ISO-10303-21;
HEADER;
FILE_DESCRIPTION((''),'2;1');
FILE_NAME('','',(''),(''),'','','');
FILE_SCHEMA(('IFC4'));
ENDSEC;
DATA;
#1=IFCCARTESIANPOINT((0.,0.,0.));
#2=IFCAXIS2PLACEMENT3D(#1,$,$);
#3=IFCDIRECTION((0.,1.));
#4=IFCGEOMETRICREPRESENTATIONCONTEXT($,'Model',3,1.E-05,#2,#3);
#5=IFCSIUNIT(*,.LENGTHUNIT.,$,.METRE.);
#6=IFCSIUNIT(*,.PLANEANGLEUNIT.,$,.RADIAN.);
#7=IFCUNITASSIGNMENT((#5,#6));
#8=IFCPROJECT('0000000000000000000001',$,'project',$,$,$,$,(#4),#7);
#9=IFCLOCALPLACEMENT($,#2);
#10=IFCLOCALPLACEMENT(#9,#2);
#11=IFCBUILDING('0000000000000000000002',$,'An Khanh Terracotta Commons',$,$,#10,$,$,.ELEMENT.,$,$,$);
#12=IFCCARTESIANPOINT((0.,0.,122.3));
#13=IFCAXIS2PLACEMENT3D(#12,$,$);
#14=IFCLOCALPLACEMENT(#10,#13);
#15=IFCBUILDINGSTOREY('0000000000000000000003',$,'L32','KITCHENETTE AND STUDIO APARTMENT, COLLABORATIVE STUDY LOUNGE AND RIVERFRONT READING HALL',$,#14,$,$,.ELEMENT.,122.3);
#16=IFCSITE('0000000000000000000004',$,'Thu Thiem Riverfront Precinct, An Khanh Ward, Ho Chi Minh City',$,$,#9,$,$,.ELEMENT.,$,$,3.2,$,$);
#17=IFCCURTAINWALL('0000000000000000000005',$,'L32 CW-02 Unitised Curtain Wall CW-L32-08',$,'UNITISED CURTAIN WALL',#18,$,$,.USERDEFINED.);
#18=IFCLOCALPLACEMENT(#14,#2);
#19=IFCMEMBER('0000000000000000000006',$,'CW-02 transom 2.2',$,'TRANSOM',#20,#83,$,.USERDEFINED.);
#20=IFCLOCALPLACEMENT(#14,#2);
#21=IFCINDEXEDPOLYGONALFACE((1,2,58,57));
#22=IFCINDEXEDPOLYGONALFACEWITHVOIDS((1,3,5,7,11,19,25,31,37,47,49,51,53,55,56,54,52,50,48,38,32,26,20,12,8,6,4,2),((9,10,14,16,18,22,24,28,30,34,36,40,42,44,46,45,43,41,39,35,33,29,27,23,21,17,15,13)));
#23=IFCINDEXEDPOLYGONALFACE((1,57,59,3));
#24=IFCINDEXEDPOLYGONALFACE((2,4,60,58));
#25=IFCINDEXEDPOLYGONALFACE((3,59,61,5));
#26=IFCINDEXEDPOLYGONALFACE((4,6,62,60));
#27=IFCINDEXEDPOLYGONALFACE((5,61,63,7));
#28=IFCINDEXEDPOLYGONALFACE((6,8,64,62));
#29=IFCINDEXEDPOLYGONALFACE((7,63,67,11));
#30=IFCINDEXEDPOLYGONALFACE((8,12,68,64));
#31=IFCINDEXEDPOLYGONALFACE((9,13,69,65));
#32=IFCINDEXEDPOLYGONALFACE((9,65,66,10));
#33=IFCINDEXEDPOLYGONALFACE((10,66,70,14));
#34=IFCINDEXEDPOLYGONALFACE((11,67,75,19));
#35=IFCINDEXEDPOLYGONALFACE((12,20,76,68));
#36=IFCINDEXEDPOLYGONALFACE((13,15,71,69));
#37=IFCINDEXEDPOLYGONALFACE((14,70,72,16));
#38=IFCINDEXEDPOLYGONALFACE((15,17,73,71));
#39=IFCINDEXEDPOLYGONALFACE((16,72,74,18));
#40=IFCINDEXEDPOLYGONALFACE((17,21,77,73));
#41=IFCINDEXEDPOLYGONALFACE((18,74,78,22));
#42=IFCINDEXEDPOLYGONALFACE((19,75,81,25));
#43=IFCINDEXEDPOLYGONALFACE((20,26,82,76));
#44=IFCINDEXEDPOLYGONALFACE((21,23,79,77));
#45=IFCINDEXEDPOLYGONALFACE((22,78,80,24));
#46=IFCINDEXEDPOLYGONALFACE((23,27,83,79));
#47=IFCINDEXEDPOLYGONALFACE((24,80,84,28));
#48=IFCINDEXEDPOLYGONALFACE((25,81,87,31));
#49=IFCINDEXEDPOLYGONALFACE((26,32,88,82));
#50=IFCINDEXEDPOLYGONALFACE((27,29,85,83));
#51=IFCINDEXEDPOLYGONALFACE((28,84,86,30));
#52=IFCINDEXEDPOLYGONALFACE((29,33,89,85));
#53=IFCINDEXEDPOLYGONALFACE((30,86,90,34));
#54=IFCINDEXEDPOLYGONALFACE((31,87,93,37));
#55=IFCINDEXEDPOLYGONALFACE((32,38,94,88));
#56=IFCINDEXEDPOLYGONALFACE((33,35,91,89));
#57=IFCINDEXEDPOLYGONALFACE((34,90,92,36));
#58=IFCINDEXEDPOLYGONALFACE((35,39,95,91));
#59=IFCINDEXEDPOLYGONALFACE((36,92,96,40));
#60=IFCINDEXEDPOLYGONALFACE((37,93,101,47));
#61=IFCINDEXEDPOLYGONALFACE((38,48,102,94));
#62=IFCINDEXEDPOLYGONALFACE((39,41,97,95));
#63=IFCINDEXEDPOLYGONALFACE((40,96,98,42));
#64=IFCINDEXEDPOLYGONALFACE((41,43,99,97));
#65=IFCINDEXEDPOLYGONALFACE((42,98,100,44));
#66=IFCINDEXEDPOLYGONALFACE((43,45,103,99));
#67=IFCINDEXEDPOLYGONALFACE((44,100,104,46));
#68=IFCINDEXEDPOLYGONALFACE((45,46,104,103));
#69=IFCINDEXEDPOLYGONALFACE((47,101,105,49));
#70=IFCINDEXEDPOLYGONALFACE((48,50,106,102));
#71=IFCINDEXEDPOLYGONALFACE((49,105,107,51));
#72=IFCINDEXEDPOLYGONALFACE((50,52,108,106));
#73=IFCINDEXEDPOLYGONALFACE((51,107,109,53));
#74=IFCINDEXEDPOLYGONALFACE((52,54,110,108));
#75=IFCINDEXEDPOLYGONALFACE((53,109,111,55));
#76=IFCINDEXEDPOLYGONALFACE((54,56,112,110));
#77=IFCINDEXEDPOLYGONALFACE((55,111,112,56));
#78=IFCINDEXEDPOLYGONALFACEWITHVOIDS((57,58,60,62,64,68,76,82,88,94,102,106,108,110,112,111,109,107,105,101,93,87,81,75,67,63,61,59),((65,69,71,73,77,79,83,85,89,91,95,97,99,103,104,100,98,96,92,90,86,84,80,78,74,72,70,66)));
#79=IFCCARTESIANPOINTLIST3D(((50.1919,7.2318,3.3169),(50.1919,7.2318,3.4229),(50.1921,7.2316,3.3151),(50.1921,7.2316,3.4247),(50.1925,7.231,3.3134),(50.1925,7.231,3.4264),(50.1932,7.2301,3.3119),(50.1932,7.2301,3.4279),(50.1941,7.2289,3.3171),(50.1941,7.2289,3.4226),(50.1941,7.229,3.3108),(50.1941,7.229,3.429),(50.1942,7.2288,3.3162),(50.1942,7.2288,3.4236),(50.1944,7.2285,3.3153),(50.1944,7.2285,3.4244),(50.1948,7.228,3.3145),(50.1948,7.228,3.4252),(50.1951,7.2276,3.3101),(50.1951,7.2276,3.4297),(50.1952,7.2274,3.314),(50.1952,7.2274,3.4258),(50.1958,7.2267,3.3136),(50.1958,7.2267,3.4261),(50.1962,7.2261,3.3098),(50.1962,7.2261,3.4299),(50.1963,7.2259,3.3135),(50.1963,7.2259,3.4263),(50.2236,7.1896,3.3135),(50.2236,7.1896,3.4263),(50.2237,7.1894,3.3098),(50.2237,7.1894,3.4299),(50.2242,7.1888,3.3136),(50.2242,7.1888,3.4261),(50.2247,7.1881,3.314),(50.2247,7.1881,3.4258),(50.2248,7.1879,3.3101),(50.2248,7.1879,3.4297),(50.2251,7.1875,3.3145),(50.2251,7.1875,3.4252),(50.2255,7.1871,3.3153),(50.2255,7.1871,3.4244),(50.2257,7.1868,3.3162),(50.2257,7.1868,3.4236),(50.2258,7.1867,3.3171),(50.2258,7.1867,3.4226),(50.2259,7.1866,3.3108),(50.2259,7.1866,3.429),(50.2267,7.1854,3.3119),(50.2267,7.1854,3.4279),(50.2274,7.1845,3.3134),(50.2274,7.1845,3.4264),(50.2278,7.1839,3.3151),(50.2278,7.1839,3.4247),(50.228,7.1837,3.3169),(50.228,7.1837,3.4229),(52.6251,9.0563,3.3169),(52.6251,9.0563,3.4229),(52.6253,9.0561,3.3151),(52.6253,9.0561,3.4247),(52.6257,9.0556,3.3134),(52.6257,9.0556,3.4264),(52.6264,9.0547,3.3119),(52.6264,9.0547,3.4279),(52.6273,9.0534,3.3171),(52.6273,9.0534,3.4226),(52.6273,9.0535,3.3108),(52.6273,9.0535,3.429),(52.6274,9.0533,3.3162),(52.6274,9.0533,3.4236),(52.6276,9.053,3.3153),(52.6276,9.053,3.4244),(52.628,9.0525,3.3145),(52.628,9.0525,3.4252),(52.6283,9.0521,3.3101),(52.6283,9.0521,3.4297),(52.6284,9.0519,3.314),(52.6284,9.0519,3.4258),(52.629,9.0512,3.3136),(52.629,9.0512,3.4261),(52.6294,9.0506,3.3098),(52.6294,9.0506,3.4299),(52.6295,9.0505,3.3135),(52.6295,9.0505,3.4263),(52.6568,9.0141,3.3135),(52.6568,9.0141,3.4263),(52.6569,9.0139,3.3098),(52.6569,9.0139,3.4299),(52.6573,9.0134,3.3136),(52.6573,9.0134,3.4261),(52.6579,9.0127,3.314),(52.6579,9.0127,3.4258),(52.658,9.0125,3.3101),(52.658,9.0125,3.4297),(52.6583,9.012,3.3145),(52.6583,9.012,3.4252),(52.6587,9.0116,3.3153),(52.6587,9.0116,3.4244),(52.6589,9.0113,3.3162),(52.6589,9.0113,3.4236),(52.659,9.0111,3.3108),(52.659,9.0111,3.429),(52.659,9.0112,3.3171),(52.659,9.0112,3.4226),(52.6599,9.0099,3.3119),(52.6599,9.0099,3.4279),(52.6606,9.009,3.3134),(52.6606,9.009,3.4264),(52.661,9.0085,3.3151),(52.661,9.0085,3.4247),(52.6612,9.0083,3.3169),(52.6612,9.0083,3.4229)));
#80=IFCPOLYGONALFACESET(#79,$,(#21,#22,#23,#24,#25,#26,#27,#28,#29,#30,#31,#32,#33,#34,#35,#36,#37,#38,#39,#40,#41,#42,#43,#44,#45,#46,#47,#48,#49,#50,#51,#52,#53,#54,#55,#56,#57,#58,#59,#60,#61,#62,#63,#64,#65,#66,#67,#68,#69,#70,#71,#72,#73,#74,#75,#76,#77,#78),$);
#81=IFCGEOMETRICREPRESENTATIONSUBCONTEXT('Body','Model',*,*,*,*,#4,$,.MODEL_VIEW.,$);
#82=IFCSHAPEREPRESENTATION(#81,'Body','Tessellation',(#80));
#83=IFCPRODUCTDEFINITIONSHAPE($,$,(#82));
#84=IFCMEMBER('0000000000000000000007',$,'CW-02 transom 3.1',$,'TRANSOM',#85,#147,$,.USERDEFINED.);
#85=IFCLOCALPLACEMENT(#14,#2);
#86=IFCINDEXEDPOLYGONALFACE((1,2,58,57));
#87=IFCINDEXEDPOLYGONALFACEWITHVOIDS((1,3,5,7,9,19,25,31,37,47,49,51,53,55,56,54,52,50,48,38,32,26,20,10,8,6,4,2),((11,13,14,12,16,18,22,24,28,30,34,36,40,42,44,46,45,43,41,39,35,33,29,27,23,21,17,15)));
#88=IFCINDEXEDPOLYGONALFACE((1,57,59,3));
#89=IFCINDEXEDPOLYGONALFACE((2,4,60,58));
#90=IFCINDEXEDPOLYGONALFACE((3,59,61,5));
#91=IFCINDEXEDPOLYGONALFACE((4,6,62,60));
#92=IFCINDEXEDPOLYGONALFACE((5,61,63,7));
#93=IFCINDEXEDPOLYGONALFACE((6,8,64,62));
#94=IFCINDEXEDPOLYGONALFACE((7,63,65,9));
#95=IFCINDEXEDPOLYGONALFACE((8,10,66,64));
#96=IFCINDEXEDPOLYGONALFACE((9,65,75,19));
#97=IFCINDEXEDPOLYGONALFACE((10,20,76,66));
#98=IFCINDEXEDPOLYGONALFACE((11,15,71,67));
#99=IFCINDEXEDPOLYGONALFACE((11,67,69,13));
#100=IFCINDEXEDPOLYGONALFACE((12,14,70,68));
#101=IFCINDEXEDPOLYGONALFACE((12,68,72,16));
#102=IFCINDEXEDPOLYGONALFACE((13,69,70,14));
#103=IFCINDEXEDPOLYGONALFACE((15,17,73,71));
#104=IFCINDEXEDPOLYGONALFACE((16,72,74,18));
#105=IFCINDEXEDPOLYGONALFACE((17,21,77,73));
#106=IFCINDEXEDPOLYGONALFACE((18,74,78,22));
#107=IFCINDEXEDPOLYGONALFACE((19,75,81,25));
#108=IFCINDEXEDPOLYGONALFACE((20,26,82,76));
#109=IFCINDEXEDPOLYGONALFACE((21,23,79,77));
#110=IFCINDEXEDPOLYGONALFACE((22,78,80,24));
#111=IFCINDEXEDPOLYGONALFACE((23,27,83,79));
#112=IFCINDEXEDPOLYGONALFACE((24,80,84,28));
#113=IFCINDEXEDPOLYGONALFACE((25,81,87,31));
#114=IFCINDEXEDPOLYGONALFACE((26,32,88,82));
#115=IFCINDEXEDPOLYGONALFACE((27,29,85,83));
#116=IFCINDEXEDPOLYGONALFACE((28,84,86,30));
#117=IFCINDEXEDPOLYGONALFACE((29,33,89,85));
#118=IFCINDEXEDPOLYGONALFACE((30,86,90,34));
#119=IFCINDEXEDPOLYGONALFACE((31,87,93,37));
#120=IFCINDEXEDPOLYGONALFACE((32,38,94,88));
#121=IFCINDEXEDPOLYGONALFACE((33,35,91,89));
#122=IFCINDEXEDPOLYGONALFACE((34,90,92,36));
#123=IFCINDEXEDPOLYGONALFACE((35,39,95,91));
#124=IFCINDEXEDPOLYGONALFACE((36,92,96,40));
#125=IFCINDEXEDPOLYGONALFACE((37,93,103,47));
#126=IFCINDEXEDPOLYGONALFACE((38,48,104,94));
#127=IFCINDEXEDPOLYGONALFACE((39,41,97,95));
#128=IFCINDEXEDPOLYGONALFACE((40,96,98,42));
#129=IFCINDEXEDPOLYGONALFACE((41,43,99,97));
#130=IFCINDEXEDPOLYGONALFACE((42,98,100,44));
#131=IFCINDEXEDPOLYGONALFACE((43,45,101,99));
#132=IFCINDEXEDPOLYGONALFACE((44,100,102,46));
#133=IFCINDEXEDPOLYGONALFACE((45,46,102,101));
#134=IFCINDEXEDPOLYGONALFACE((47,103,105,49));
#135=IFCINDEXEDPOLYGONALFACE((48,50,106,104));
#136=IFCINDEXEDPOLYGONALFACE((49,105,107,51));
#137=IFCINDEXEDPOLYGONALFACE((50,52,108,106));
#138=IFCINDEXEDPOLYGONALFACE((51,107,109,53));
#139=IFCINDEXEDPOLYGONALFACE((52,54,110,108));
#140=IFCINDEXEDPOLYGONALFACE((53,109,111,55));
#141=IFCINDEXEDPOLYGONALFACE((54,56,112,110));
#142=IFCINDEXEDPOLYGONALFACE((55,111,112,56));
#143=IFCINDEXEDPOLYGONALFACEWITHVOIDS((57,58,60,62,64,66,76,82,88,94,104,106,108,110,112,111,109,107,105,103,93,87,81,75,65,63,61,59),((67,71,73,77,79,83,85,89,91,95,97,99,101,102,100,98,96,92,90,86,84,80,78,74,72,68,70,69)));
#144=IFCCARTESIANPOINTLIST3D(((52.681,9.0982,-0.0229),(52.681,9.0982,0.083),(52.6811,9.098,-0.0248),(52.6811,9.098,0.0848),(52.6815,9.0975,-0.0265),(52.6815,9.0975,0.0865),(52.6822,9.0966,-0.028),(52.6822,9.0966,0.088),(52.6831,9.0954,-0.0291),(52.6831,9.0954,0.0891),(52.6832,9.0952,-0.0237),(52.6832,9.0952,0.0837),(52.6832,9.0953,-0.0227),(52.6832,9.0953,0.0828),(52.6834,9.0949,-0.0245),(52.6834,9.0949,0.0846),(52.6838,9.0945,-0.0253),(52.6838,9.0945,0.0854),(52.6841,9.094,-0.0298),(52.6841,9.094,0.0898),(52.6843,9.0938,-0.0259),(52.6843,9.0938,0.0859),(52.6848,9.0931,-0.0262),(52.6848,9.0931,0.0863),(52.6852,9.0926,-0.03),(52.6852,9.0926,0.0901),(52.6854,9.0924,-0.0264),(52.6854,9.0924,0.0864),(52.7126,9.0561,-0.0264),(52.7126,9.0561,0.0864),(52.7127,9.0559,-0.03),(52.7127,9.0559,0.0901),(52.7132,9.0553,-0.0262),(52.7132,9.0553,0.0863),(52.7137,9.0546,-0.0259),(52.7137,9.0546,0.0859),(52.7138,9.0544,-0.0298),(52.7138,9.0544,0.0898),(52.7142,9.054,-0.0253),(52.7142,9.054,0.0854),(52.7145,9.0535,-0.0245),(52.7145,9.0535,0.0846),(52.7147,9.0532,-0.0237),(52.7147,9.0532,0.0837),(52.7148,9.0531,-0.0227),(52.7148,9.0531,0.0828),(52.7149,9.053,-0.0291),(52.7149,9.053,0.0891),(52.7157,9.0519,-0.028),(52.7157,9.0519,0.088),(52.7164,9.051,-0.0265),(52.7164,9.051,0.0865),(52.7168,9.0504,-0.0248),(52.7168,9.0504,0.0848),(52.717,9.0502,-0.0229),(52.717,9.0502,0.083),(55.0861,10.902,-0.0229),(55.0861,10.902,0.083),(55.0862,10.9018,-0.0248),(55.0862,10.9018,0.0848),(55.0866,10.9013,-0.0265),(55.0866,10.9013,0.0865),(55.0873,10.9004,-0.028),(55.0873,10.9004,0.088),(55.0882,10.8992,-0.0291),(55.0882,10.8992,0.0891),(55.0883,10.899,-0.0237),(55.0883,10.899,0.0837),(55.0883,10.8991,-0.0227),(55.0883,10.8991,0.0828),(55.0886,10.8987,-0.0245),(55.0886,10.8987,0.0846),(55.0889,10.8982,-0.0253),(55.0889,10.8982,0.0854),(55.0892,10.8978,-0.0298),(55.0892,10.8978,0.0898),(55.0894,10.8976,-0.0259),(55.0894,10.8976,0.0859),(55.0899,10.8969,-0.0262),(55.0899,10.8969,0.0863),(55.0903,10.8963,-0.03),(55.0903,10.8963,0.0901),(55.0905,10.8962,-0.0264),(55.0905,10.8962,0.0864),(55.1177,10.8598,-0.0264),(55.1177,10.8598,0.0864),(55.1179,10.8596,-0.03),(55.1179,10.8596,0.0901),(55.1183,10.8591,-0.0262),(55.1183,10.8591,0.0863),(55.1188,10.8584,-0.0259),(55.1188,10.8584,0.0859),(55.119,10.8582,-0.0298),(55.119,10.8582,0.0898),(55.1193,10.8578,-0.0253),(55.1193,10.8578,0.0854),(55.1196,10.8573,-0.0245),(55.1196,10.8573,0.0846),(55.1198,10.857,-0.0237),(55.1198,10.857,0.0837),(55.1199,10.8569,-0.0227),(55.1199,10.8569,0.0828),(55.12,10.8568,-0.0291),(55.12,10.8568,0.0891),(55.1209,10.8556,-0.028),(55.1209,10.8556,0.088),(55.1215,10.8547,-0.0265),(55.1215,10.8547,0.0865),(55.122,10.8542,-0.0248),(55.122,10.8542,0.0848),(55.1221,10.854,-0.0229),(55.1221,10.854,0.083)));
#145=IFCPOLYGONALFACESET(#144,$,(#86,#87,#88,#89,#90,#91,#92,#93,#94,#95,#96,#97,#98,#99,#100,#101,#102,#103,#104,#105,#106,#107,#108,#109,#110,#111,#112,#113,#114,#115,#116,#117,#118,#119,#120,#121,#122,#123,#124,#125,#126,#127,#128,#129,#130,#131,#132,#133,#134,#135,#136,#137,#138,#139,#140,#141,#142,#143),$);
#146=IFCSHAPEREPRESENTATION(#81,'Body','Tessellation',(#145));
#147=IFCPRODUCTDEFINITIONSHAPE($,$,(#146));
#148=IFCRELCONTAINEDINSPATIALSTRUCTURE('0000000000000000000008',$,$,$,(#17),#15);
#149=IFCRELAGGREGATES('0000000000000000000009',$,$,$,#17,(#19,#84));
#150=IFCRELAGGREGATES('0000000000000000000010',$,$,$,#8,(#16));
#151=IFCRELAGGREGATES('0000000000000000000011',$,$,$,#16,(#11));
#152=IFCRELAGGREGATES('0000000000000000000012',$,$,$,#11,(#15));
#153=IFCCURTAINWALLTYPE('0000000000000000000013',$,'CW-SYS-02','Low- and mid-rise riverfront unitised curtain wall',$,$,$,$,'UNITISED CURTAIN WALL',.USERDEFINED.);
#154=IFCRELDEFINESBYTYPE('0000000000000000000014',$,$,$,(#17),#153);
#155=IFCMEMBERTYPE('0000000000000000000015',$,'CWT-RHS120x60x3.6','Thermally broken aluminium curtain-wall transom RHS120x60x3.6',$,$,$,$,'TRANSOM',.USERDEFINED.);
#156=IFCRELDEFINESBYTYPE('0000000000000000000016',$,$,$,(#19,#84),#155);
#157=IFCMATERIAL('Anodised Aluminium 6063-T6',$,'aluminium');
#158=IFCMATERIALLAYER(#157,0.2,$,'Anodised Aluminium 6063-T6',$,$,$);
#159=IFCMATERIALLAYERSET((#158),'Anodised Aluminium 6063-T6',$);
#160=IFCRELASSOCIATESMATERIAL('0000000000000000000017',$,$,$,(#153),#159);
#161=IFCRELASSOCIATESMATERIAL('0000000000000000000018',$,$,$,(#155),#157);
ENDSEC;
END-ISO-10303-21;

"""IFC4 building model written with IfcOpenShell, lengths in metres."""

from ifc_helpers import new_model, si_unit, direction, frame, origin, origin_2d, place, context, subcontext, project, spatial, hollow_rectangle, extrude, material, layer, layer_set, material_profile, profile_set, type_object, element, aggregate, save


model = new_model("IFC4")

# Units and contexts
model_context = context("Model", 3, precision=1e-05, world=origin(), true_north=direction((0.0, 1.0)))
body_context = subcontext(model_context, "Body", "Model", "MODEL_VIEW")
ifc_project = project(units=[si_unit("LENGTHUNIT", "METRE"), si_unit("PLANEANGLEUNIT", "RADIAN")], contexts=[model_context])

# Site, building, storey
site_placement = place(None, origin())
site = spatial("IfcSite", under=ifc_project, at=site_placement, Name="Thu Thiem Riverfront Precinct, An Khanh Ward, Ho Chi Minh City", CompositionType="ELEMENT", RefElevation=3.2)
building_placement = place(site_placement, origin())
building = spatial("IfcBuilding", under=site, at=building_placement, Name="An Khanh Terracotta Commons", CompositionType="ELEMENT")
storey_placement = place(building_placement, frame((0.0, 0.0, 122.3)))
storey = spatial("IfcBuildingStorey", under=building, at=storey_placement, Name="L32", Description="KITCHENETTE AND STUDIO APARTMENT, COLLABORATIVE STUDY LOUNGE AND RIVERFRONT READING HALL", CompositionType="ELEMENT", Elevation=122.3)

# Curtain wall
ifc_material_1 = material(Name="Anodised Aluminium 6063-T6", Category="aluminium")
ifc_layer_1 = layer(ifc_material_1, 0.2, Name="Anodised Aluminium 6063-T6")
ifc_layer_set_1 = layer_set([ifc_layer_1], Name="Anodised Aluminium 6063-T6")
curtain_wall_type = type_object("IfcCurtainWallType", Name="CW-SYS-02", Description="Low- and mid-rise riverfront unitised curtain wall", ElementType="UNITISED CURTAIN WALL", PredefinedType="USERDEFINED", material=ifc_layer_set_1)
curtain_wall_1_placement = place(storey_placement, origin())
curtain_wall_1 = element("IfcCurtainWall", 1, at=curtain_wall_1_placement, inside=storey, type_object=curtain_wall_type, Name="L32 CW-02 Unitised Curtain Wall CW-L32-08", ObjectType="UNITISED CURTAIN WALL", PredefinedType="USERDEFINED")

# Members
ifc_material_profile_1 = material_profile(ifc_material_1, hollow_rectangle(XDim=0.0601, YDim=0.1201, WallThickness=0.0037, InnerFilletRadius=0.0037, OuterFilletRadius=0.0071, at=origin_2d()), Name="RHS120x60x3.6")
ifc_profile_set_1 = profile_set([ifc_material_profile_1], Name="Anodised Aluminium 6063-T6")
member_type_1 = type_object("IfcMemberType", Name="CWT-RHS120x60x3.6", Description="Thermally broken aluminium curtain-wall transom RHS120x60x3.6", ElementType="TRANSOM", PredefinedType="USERDEFINED", material=ifc_profile_set_1)
member_1_placement = place(storey_placement, frame((50.21, 7.2078, 3.3699), z_axis=(0.800058, 0.599923, 0.0), x_axis=(-0.599923, 0.800058, 0.0)))
member_1 = element("IfcMember", 2, at=member_1_placement, type_object=member_type_1, Name="CW-02 transom 2.2", ObjectType="TRANSOM", PredefinedType="USERDEFINED", context=body_context, shape_type="SweptSolid", body=[
    extrude(hollow_rectangle(XDim=0.0601, YDim=0.1201, WallThickness=0.0037, InnerFilletRadius=0.0037, OuterFilletRadius=0.0071, at=origin_2d()), origin(), (0.0, 0.0, 1.0), 3.0413),
])
member_2_placement = place(storey_placement, frame((52.699, 9.0742, 0.03), z_axis=(0.80001, 0.599987, 0.0), x_axis=(-0.599987, 0.80001, 0.0)))
member_2 = element("IfcMember", 3, at=member_2_placement, type_object=member_type_1, Name="CW-02 transom 3.1", ObjectType="TRANSOM", PredefinedType="USERDEFINED", context=body_context, shape_type="SweptSolid", body=[
    extrude(hollow_rectangle(XDim=0.0601, YDim=0.1201, WallThickness=0.0037, InnerFilletRadius=0.0037, OuterFilletRadius=0.0071, at=origin_2d()), origin(), (0.0, 0.0, 1.0), 3.0063),
])

aggregate(curtain_wall_1, [member_1, member_2])

save(model, "model.ifc")
